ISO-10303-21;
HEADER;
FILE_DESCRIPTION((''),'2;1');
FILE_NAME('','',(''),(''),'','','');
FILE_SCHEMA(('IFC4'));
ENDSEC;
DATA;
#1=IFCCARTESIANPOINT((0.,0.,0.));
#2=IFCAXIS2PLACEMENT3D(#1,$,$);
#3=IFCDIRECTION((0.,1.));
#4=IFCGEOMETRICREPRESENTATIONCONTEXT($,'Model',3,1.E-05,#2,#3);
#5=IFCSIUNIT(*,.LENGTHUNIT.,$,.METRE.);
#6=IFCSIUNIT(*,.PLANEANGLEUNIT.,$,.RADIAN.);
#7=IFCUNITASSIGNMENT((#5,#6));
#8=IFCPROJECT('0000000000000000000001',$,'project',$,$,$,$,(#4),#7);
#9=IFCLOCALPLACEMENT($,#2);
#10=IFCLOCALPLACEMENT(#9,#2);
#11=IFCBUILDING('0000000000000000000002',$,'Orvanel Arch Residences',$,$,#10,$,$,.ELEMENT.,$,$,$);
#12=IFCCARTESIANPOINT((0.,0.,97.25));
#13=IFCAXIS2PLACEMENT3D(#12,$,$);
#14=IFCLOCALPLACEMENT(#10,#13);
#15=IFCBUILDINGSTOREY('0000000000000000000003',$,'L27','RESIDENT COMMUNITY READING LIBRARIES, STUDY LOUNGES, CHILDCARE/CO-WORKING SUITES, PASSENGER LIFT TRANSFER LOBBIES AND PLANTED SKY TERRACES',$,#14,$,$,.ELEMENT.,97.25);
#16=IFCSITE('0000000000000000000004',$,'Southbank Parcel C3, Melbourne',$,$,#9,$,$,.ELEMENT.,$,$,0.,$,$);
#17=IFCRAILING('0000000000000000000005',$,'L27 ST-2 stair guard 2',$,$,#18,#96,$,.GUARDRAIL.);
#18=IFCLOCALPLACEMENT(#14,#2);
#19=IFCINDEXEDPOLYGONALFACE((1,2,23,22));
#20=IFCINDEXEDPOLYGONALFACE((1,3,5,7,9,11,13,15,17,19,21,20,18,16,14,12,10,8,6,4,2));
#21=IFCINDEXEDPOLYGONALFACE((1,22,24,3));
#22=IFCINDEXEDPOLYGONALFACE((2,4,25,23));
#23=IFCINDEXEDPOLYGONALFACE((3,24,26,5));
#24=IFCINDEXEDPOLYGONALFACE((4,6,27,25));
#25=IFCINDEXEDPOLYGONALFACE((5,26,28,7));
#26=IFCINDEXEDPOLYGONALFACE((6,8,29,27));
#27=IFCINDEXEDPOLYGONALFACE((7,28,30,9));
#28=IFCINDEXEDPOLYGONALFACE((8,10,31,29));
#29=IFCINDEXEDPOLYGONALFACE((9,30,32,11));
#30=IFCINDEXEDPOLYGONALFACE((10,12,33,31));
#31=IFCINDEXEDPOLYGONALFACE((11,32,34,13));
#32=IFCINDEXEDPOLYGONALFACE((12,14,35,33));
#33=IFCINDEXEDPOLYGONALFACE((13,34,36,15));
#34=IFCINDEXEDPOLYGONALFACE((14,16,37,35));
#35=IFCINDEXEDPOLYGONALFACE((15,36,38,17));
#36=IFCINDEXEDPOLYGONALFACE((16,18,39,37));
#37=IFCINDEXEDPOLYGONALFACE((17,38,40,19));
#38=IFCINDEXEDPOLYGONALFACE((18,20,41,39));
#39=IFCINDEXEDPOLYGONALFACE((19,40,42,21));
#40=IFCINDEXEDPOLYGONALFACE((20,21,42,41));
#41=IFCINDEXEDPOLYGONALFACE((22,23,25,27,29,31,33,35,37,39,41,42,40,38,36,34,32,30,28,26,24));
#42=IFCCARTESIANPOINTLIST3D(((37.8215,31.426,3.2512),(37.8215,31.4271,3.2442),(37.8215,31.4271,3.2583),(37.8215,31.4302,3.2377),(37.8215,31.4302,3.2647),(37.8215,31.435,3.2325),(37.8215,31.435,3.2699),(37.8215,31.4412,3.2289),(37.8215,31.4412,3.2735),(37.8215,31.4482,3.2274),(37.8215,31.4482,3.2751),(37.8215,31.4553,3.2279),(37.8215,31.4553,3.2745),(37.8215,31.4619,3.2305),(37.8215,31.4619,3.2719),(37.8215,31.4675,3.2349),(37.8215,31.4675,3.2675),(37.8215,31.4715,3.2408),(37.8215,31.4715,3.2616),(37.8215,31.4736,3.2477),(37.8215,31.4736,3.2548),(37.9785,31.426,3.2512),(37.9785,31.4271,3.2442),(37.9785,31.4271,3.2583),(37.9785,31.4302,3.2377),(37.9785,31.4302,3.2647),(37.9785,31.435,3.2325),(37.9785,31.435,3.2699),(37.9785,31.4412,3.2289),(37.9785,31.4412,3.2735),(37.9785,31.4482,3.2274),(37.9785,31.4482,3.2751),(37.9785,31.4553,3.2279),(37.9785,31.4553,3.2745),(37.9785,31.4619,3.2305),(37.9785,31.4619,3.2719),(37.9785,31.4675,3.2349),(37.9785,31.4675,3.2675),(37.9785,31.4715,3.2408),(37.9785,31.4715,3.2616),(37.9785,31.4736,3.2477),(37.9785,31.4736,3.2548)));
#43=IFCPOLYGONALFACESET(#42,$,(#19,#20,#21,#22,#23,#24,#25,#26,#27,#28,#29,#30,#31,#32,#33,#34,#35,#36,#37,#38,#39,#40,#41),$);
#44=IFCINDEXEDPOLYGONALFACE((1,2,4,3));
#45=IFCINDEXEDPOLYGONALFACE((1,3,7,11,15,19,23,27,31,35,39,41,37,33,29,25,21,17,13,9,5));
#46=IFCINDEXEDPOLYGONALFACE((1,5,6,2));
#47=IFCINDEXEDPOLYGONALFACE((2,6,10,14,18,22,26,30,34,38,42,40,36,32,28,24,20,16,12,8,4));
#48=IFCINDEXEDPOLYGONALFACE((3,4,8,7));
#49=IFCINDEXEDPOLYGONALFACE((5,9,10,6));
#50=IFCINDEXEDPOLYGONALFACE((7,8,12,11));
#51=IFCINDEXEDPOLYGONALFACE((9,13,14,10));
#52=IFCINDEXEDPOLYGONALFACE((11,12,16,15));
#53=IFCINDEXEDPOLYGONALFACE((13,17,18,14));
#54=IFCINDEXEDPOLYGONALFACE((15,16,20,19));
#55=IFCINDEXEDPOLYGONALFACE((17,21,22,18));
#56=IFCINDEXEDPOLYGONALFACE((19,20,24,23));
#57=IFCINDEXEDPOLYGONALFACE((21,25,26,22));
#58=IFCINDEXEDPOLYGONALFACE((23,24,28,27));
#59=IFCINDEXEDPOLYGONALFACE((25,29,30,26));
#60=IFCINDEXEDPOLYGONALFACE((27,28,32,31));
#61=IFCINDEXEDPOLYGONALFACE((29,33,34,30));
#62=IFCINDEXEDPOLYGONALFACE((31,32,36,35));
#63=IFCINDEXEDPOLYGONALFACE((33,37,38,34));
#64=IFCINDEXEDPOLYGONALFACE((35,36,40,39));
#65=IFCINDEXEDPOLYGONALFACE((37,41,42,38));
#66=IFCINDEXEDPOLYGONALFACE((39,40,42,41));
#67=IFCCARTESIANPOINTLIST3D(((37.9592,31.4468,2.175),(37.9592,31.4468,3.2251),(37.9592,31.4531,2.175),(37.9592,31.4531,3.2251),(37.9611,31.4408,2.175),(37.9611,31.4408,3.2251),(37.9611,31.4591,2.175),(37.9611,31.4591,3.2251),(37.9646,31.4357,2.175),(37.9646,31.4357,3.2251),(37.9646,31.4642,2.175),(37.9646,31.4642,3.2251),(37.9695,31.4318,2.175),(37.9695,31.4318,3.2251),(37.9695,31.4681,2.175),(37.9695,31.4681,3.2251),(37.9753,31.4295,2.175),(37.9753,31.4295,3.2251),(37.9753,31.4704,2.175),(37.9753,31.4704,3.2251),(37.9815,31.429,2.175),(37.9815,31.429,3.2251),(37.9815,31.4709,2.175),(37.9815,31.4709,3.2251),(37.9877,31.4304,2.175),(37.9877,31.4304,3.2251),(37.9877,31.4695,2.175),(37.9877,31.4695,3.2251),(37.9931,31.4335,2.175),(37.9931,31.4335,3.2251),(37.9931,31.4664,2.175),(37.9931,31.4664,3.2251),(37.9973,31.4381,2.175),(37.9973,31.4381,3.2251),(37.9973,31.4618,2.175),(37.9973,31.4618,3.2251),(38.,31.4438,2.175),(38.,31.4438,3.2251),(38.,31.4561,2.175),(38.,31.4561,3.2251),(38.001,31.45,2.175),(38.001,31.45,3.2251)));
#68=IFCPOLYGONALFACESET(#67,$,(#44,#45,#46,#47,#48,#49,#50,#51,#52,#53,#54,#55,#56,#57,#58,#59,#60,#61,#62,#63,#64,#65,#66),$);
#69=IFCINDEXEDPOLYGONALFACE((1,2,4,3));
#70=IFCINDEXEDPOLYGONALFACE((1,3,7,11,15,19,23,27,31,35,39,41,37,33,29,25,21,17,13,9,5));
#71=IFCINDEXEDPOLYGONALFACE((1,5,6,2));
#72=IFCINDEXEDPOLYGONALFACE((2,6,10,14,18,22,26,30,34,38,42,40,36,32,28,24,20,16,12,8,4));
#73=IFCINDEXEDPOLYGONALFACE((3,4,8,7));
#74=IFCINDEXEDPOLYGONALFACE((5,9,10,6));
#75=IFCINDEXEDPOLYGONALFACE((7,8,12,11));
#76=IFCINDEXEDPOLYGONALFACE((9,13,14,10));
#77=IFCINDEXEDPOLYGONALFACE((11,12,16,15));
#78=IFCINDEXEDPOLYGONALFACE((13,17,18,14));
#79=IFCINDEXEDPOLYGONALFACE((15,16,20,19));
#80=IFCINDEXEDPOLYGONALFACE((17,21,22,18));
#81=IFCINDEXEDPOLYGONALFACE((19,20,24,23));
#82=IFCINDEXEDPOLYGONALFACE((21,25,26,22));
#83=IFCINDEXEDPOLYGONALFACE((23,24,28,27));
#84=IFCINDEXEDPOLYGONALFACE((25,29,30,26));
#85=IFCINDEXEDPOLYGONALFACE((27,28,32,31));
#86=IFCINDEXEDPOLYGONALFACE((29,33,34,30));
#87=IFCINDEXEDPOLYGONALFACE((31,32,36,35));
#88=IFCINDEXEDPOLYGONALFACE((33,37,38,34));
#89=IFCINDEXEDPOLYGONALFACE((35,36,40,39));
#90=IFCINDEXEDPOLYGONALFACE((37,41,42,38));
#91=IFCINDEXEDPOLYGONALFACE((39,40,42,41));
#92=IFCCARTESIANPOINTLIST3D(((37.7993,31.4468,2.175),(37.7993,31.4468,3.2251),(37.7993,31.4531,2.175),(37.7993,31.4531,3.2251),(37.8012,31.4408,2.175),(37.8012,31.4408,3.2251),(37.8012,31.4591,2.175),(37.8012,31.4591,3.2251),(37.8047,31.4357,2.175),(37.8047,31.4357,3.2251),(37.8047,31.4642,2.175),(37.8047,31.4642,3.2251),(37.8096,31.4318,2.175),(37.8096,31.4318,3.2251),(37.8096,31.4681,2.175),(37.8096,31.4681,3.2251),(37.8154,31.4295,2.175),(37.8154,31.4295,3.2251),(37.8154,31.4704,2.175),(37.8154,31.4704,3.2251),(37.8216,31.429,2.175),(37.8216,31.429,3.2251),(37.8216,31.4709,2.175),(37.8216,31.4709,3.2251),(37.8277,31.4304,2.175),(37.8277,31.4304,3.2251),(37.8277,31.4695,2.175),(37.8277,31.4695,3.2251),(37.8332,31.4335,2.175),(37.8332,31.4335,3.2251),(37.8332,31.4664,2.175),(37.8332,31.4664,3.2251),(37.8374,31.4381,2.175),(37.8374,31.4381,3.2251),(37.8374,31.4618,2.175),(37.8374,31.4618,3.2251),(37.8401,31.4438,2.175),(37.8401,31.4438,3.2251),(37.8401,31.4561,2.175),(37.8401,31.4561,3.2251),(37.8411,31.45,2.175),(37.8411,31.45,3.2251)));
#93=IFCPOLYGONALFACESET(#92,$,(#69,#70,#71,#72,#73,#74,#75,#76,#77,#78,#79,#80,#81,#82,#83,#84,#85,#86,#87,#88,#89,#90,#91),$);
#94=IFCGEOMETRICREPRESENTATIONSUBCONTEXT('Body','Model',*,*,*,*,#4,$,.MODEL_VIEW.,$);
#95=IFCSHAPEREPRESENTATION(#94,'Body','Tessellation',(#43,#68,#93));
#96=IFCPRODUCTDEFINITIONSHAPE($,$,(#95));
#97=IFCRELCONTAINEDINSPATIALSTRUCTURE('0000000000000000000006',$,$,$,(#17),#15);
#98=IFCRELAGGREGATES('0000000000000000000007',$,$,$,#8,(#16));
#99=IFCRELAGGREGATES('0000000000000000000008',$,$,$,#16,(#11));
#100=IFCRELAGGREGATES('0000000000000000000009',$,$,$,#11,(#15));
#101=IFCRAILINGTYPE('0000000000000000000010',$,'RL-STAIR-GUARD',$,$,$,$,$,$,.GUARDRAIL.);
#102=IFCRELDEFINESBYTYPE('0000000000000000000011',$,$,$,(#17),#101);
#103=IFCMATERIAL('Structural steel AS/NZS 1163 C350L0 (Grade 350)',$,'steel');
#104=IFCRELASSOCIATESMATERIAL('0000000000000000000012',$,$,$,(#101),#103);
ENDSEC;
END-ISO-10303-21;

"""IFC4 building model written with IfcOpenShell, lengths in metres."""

from ifc_helpers import new_model, si_unit, direction, frame, origin, origin_2d, place, context, subcontext, project, spatial, circle, extrude, material, type_object, element, save


model = new_model("IFC4")

# Units and contexts
model_context = context("Model", 3, precision=1e-05, world=origin(), true_north=direction((0.0, 1.0)))
body_context = subcontext(model_context, "Body", "Model", "MODEL_VIEW")
ifc_project = project(units=[si_unit("LENGTHUNIT", "METRE"), si_unit("PLANEANGLEUNIT", "RADIAN")], contexts=[model_context])

# Site, building, storey
site_placement = place(None, origin())
site = spatial("IfcSite", under=ifc_project, at=site_placement, Name="Southbank Parcel C3, Melbourne", CompositionType="ELEMENT", RefElevation=0.0)
building_placement = place(site_placement, origin())
building = spatial("IfcBuilding", under=site, at=building_placement, Name="Orvanel Arch Residences", CompositionType="ELEMENT")
storey_placement = place(building_placement, frame((0.0, 0.0, 97.25)))
storey = spatial("IfcBuildingStorey", under=building, at=storey_placement, Name="L27", Description="RESIDENT COMMUNITY READING LIBRARIES, STUDY LOUNGES, CHILDCARE/CO-WORKING SUITES, PASSENGER LIFT TRANSFER LOBBIES AND PLANTED SKY TERRACES", CompositionType="ELEMENT", Elevation=97.25)

# Railing
ifc_material_1 = material(Name="Structural steel AS/NZS 1163 C350L0 (Grade 350)", Category="steel")
railing_type_1 = type_object("IfcRailingType", Name="RL-STAIR-GUARD", PredefinedType="GUARDRAIL", material=ifc_material_1)
railing_1_placement = place(storey_placement, frame((37.98, 31.45, 2.175)))
element("IfcRailing", 1, at=railing_1_placement, inside=storey, type_object=railing_type_1, Name="L27 ST-2 stair guard 2", PredefinedType="GUARDRAIL", context=body_context, shape_type="SweptSolid", body=[
    extrude(circle(Radius=0.0239, at=origin_2d()), frame((-0.0015, 0.0, 1.0762), z_axis=(-1.0, 0.0, 0.0), x_axis=(0.0, -1.0, 0.0)), (0.0, 0.0, 1.0), 0.157),
    extrude(circle(Radius=0.021, at=origin_2d()), origin(), (0.0, 0.0, 1.0), 1.05),
    extrude(circle(Radius=0.021, at=origin_2d()), frame((-0.1599, 0.0, 0.0)), (0.0, 0.0, 1.0), 1.05),
])

save(model, "model.ifc")
